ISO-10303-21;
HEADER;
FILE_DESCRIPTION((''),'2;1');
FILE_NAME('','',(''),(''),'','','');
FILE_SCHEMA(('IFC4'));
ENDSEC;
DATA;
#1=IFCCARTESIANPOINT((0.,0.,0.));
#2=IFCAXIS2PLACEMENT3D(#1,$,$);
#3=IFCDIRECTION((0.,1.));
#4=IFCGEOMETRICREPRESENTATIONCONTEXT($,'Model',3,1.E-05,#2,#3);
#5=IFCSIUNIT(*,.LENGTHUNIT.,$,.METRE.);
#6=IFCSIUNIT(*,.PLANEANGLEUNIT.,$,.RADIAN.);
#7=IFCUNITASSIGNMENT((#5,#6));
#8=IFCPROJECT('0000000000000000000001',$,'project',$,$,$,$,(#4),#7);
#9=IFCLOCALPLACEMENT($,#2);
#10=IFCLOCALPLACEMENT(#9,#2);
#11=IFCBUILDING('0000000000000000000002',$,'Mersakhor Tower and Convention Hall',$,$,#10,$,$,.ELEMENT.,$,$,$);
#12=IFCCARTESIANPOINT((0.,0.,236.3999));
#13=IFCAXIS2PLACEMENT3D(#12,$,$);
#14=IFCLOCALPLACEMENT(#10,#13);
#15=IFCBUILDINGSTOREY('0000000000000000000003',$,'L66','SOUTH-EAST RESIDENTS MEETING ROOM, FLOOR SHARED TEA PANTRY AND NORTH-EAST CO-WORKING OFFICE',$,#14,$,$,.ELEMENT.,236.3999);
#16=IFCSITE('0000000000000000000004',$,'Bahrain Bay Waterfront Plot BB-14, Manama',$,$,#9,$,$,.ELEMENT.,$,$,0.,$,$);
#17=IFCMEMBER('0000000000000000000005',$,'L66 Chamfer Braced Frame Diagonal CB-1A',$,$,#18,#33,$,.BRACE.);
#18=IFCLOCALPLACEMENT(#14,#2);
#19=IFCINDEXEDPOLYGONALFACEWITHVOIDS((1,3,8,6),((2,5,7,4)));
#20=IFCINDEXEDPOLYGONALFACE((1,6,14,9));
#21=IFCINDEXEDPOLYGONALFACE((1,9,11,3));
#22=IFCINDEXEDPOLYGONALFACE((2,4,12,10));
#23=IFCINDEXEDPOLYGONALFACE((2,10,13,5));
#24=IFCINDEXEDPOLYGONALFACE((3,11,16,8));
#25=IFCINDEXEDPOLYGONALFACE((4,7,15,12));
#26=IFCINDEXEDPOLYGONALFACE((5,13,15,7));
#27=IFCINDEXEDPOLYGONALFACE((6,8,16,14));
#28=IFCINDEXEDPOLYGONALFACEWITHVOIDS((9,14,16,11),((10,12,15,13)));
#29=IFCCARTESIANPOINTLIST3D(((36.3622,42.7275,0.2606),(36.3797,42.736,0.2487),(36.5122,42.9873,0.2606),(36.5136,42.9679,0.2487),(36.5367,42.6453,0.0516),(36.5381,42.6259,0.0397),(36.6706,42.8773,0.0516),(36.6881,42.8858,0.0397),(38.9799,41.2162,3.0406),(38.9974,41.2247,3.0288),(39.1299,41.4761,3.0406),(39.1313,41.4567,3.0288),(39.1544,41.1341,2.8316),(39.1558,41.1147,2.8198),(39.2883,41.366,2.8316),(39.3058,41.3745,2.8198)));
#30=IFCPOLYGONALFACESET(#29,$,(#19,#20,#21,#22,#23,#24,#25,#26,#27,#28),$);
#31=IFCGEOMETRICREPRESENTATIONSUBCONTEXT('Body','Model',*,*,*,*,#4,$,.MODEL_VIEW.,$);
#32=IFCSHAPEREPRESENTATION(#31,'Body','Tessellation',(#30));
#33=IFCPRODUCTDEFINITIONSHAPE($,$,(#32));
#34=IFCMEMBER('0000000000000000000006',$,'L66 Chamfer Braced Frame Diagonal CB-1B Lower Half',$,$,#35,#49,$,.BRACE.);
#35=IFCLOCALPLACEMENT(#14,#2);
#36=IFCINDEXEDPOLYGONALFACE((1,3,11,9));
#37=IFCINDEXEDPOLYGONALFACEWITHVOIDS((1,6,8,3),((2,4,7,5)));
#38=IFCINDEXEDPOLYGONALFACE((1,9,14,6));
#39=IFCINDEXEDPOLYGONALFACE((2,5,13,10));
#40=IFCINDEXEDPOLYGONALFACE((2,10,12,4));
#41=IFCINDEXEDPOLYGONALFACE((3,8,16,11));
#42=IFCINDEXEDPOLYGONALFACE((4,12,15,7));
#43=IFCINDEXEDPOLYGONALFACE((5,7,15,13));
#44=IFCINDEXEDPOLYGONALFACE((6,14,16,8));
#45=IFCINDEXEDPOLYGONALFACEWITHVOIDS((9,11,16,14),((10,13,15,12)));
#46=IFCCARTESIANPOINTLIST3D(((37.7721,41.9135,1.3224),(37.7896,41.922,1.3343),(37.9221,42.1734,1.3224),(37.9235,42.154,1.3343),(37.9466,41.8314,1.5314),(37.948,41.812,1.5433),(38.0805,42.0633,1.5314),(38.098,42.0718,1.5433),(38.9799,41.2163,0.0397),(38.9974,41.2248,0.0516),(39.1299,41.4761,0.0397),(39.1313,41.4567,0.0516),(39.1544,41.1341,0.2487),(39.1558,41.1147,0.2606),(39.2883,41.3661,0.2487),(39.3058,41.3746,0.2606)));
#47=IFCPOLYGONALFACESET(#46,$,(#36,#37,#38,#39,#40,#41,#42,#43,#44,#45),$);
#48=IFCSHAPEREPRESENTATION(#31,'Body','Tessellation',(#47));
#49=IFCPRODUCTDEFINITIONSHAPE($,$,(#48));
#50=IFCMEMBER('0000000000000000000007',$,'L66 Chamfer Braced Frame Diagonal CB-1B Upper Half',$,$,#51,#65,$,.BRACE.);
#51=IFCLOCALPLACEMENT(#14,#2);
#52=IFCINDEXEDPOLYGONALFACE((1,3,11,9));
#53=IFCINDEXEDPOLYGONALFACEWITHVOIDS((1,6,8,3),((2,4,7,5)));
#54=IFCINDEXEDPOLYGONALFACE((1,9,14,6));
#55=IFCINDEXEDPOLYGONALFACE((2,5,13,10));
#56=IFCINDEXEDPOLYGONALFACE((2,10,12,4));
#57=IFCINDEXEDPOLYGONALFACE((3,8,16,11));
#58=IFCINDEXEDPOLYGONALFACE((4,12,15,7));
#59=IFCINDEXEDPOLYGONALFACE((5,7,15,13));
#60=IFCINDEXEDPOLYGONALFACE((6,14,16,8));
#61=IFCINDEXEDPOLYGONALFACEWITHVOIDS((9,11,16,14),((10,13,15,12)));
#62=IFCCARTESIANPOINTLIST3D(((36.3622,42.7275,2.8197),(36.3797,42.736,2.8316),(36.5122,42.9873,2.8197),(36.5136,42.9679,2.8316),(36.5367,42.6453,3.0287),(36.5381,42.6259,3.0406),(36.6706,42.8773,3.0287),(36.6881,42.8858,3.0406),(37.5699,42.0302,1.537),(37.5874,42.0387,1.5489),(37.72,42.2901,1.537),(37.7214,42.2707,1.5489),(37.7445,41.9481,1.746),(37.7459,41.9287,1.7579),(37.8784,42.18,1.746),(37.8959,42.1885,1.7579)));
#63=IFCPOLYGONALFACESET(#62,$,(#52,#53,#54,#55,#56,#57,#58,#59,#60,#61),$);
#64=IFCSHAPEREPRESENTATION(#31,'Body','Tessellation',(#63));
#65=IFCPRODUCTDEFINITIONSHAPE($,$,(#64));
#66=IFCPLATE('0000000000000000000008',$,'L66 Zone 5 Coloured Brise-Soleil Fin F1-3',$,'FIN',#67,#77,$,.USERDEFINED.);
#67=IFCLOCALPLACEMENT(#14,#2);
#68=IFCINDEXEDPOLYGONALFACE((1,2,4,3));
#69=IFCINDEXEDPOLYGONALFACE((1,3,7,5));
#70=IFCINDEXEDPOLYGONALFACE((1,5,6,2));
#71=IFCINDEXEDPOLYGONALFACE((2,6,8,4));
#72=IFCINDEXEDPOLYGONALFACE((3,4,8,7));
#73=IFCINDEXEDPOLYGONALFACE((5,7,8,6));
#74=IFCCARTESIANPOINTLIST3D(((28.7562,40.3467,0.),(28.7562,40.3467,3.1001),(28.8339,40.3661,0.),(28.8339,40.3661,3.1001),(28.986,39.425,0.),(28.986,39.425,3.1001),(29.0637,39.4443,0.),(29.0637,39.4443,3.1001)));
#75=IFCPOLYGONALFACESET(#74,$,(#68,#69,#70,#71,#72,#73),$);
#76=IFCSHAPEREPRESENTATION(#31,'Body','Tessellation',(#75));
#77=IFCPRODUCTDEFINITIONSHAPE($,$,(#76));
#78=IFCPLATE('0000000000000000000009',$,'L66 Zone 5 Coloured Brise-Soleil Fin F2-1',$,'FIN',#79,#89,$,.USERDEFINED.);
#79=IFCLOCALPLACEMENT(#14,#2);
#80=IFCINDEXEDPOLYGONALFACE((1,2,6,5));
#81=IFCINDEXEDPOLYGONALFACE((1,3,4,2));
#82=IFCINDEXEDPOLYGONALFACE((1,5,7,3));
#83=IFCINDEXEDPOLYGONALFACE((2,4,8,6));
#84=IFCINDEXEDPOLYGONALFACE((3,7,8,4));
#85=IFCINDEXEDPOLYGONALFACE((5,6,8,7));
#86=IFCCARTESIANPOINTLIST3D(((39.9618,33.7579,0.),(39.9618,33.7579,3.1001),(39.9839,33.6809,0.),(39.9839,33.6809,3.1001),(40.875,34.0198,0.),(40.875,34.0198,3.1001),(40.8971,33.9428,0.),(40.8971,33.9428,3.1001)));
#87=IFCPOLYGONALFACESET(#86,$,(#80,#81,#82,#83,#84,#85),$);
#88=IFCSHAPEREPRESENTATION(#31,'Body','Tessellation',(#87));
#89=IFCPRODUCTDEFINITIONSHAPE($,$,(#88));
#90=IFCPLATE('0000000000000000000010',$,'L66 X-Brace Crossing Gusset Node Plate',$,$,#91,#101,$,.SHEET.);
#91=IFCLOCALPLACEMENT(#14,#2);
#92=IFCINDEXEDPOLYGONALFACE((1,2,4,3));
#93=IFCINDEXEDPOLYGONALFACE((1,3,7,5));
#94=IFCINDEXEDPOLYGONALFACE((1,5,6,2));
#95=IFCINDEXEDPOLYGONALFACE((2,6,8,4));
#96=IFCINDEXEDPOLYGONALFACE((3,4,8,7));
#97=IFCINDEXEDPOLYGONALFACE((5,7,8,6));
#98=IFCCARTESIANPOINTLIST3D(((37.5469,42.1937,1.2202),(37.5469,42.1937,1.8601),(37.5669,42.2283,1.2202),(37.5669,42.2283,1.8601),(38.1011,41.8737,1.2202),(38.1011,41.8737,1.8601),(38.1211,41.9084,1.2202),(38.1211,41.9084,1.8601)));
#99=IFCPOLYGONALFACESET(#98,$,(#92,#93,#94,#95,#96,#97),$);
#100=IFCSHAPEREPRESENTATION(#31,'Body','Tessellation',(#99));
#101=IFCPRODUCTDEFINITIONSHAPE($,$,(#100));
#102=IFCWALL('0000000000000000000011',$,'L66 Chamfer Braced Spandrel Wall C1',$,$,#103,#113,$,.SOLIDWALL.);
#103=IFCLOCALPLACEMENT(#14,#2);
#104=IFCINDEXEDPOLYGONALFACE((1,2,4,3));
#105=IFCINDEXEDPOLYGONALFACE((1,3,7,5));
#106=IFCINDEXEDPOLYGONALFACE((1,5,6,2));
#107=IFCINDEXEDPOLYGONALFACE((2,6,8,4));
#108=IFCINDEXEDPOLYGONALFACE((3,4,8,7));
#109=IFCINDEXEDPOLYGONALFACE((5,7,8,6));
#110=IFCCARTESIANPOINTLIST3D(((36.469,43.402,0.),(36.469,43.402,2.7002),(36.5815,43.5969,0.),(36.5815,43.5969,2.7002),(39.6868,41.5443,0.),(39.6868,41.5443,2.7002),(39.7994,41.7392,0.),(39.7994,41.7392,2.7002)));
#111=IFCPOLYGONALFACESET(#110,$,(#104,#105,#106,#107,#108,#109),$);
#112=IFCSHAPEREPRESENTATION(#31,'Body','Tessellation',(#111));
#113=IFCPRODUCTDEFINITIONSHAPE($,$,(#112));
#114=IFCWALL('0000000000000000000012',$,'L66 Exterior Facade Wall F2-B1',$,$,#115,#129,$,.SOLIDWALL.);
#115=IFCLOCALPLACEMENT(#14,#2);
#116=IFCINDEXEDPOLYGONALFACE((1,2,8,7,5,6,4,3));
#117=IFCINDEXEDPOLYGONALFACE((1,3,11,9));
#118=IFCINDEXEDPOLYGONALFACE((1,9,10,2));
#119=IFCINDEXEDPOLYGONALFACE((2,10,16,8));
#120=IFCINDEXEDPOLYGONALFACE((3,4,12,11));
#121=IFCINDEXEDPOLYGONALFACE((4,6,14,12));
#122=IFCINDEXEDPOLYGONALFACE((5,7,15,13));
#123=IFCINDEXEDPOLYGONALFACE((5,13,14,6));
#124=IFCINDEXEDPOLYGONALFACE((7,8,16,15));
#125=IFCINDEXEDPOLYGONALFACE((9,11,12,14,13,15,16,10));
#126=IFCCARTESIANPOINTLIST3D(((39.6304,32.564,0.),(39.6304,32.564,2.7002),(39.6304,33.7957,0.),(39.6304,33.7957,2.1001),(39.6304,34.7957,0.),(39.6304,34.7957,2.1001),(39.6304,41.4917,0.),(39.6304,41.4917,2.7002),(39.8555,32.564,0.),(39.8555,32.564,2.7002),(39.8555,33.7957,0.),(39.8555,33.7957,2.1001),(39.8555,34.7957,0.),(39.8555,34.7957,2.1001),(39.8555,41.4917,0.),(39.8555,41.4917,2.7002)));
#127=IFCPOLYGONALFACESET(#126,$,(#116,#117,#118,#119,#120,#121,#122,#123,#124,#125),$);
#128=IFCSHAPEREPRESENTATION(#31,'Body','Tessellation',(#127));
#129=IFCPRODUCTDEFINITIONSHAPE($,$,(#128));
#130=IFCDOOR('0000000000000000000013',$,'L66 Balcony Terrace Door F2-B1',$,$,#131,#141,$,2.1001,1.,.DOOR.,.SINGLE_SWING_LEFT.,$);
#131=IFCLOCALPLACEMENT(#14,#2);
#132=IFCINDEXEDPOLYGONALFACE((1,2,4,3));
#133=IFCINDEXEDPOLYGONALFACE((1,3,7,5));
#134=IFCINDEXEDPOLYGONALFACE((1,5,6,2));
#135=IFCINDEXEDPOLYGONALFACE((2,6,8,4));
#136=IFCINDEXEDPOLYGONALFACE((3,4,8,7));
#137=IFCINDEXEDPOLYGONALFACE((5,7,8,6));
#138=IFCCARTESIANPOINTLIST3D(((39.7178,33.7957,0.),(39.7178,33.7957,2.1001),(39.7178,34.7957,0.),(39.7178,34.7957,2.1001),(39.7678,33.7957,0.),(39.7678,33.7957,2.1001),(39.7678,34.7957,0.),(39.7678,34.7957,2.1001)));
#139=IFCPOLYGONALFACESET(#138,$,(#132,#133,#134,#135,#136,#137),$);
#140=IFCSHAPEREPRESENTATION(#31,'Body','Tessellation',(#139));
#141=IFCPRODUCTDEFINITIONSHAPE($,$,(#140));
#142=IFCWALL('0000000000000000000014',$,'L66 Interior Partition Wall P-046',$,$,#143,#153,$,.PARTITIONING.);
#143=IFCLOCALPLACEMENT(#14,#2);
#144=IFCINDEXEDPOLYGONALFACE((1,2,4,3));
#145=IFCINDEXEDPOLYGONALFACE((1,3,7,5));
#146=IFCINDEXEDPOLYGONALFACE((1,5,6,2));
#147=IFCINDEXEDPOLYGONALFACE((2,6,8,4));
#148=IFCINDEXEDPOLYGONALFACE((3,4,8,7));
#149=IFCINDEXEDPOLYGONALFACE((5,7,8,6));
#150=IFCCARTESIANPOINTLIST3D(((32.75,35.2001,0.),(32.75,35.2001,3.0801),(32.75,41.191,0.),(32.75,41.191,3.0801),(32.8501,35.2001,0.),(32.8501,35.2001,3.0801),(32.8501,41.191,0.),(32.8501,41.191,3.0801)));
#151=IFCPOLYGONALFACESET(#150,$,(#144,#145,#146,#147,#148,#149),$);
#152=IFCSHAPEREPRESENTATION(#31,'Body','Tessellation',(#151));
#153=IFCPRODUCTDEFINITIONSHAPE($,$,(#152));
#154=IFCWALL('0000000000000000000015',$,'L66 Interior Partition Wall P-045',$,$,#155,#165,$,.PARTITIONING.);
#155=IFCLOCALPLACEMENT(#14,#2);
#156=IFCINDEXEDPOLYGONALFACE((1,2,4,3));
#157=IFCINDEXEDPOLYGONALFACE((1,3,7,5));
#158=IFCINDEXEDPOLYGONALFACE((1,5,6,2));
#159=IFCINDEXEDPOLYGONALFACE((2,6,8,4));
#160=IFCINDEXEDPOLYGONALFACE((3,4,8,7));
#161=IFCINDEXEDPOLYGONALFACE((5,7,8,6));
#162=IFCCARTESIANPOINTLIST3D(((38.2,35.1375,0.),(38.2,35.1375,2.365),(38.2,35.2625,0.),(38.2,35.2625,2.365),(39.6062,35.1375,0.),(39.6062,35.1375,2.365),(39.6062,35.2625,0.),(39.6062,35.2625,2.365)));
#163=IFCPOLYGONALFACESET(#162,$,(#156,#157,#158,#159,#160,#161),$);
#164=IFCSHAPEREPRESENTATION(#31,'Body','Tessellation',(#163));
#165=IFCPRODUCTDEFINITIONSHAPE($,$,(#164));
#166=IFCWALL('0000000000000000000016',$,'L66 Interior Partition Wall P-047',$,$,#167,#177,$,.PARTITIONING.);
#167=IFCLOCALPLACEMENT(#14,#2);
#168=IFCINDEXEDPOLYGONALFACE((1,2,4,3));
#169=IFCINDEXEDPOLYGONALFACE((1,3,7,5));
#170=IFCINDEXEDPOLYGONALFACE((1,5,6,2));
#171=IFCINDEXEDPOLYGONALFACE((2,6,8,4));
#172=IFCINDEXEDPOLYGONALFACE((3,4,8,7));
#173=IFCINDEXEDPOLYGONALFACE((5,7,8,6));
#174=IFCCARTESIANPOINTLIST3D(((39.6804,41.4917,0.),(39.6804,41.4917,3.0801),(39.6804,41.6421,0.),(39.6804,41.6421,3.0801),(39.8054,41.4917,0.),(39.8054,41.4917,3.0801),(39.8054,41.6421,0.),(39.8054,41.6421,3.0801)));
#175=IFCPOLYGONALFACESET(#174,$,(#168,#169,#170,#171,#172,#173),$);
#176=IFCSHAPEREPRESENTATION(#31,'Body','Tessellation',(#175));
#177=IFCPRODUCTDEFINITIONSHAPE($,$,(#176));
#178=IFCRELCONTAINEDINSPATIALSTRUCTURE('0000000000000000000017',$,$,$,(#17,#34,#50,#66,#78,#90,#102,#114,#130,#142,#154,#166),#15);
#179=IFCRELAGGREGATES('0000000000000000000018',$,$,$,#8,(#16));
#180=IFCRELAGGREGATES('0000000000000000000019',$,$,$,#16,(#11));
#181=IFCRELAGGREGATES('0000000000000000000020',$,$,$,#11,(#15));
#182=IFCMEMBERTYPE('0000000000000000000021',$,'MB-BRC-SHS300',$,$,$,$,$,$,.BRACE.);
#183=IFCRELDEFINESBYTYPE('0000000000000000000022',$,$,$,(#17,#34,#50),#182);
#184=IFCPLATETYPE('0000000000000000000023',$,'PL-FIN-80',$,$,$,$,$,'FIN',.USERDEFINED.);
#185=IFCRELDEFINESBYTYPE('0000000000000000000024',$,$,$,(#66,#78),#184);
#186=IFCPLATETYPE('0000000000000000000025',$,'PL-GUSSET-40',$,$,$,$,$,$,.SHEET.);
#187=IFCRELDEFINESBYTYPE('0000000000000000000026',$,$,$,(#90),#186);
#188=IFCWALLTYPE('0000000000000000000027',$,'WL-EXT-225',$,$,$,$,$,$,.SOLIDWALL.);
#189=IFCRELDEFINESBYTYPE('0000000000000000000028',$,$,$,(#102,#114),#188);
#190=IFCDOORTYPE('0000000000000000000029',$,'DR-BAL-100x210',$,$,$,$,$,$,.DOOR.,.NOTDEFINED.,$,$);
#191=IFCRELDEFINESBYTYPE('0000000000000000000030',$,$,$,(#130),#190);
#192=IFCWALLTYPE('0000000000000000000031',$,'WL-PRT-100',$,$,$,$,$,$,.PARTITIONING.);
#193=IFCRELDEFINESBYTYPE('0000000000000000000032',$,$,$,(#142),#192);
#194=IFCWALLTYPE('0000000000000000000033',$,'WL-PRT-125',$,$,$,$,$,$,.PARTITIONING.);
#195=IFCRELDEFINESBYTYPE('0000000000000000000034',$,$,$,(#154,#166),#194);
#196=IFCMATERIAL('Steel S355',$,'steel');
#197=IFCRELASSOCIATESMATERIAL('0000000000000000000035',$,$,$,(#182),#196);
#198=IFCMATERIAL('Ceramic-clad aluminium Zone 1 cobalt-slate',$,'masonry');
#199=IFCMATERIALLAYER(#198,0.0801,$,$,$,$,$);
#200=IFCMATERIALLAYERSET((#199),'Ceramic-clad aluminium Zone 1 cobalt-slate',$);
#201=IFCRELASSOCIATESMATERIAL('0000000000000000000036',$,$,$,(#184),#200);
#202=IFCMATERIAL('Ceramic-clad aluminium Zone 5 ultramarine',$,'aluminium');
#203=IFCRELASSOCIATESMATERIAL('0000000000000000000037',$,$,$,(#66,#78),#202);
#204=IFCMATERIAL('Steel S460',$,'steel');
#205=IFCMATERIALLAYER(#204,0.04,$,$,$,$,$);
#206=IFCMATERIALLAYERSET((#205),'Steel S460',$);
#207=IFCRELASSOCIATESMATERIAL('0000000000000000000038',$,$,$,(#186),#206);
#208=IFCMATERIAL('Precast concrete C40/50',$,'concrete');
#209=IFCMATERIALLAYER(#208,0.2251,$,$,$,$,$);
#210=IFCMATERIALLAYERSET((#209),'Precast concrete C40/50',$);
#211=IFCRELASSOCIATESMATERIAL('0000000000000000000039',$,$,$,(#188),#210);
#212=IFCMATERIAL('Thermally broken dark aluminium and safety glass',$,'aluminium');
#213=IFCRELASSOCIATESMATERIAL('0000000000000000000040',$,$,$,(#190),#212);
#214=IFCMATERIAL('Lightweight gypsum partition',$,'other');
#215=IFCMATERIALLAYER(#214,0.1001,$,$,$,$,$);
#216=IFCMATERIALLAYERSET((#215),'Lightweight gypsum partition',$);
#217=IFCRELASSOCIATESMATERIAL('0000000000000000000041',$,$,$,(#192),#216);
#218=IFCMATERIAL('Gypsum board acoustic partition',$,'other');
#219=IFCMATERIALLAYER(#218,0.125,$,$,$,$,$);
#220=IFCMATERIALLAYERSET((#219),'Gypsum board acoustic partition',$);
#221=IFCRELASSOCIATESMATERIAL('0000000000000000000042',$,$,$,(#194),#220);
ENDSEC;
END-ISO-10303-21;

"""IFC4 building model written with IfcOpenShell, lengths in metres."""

from ifc_helpers import new_model, si_unit, direction, frame, frame_2d, origin, origin_2d, place, context, subcontext, project, spatial, rectangle, hollow_rectangle, extrude, material, layer, layer_set, material_profile, profile_set, type_object, element, fill, save


model = new_model("IFC4")

# Units and contexts
model_context = context("Model", 3, precision=1e-05, world=origin(), true_north=direction((0.0, 1.0)))
body_context = subcontext(model_context, "Body", "Model", "MODEL_VIEW")
ifc_project = project(units=[si_unit("LENGTHUNIT", "METRE"), si_unit("PLANEANGLEUNIT", "RADIAN")], contexts=[model_context])

# Site, building, storey
site_placement = place(None, origin())
site = spatial("IfcSite", under=ifc_project, at=site_placement, Name="Bahrain Bay Waterfront Plot BB-14, Manama", CompositionType="ELEMENT", RefElevation=0.0)
building_placement = place(site_placement, origin())
building = spatial("IfcBuilding", under=site, at=building_placement, Name="Mersakhor Tower and Convention Hall", CompositionType="ELEMENT")
storey_placement = place(building_placement, frame((0.0, 0.0, 236.3999)))
storey = spatial("IfcBuildingStorey", under=building, at=storey_placement, Name="L66", Description="SOUTH-EAST RESIDENTS MEETING ROOM, FLOOR SHARED TEA PANTRY AND NORTH-EAST CO-WORKING OFFICE", CompositionType="ELEMENT", Elevation=236.3999)

# Members
ifc_material_1 = material(Name="Steel S355", Category="steel")
ifc_material_profile_1 = material_profile(ifc_material_1, hollow_rectangle(XDim=0.3, YDim=0.3, WallThickness=0.0161, at=origin_2d()), Name="SHS 300x300x16")
ifc_profile_set_1 = profile_set([ifc_material_profile_1], Name="Steel S355")
member_type = type_object("IfcMemberType", Name="MB-BRC-SHS300", PredefinedType="BRACE", material=ifc_profile_set_1)
member_placement = place(storey_placement, frame((36.5251, 42.8066, 0.1501), z_axis=(0.637423, -0.367996, 0.676957), x_axis=(0.499979, 0.866038, 0.0)))
element("IfcMember", 1, at=member_placement, inside=storey, type_object=member_type, Name="L66 Chamfer Braced Frame Diagonal CB-1A", PredefinedType="BRACE", context=body_context, shape_type="SweptSolid", body=[
    extrude(hollow_rectangle(XDim=0.3, YDim=0.3, WallThickness=0.0161, at=origin_2d()), origin(), (0.0, 0.0, 1.0), 4.1067),
])
for number, where, z_axis, x_axis, name in (
    (2, (39.1428, 41.2954, 0.1501), (-0.637413, 0.367991, 0.676969), (-0.49998, -0.866037, 0.0), "L66 Chamfer Braced Frame Diagonal CB-1B Lower Half"),
    (3, (37.7329, 42.1094, 1.6475), (-0.637413, 0.367991, 0.676969), (-0.49998, -0.866037, 0.0), "L66 Chamfer Braced Frame Diagonal CB-1B Upper Half"),
):
    element("IfcMember", number, at=place(storey_placement, frame(where, z_axis=z_axis, x_axis=x_axis)), inside=storey, type_object=member_type, Name=name, PredefinedType="BRACE", context=body_context, shape_type="SweptSolid", body=[
        extrude(hollow_rectangle(XDim=0.3, YDim=0.3, WallThickness=0.0161, at=origin_2d()), origin(), (0.0, 0.0, 1.0), 1.8948),
    ])

# Plates
ifc_material_2 = material(Name="Ceramic-clad aluminium Zone 5 ultramarine", Category="aluminium")
ifc_material_3 = material(Name="Ceramic-clad aluminium Zone 1 cobalt-slate", Category="masonry")
ifc_layer_1 = layer(ifc_material_3, 0.0801)
ifc_layer_set_1 = layer_set([ifc_layer_1], Name="Ceramic-clad aluminium Zone 1 cobalt-slate")
plate_type_1 = type_object("IfcPlateType", Name="PL-FIN-80", ElementType="FIN", PredefinedType="USERDEFINED", material=ifc_layer_set_1)
for number, where, z_axis, x_axis, name in (
    (4, (28.9099, 39.8955, 0.0), (0.0, 0.0, 1.0), (-0.241922, 0.970296, 0.0), "L66 Zone 5 Coloured Brise-Soleil Fin F1-3"),
    (5, (40.4294, 33.8503, 0.0), (0.0, 0.0, 1.0), (0.961262, 0.275637, 0.0), "L66 Zone 5 Coloured Brise-Soleil Fin F2-1"),
):
    element("IfcPlate", number, at=place(storey_placement, frame(where, z_axis=z_axis, x_axis=x_axis)), inside=storey, type_object=plate_type_1, material=ifc_material_2, Name=name, ObjectType="FIN", PredefinedType="USERDEFINED", context=body_context, shape_type="SweptSolid", body=[
        extrude(rectangle(XDim=0.95, YDim=0.0801, at=origin_2d()), origin(), (0.0, 0.0, 1.0), 3.1001),
    ])
ifc_material_4 = material(Name="Steel S460", Category="steel")
ifc_layer_2 = layer(ifc_material_4, 0.04)
ifc_layer_set_2 = layer_set([ifc_layer_2], Name="Steel S460")
plate_type_2 = type_object("IfcPlateType", Name="PL-GUSSET-40", PredefinedType="SHEET", material=ifc_layer_set_2)
plate_placement = place(storey_placement, frame((37.834, 42.051, 1.2202), z_axis=(0.0, 0.0, 1.0), x_axis=(-0.866025, 0.5, 0.0)))
element("IfcPlate", 6, at=plate_placement, inside=storey, type_object=plate_type_2, Name="L66 X-Brace Crossing Gusset Node Plate", PredefinedType="SHEET", context=body_context, shape_type="SweptSolid", body=[
    extrude(rectangle(XDim=0.6399, YDim=0.04, at=origin_2d()), origin(), (0.0, 0.0, 1.0), 0.6399),
])

# Wall
ifc_material_5 = material(Name="Precast concrete C40/50", Category="concrete")
ifc_layer_3 = layer(ifc_material_5, 0.2251)
ifc_layer_set_3 = layer_set([ifc_layer_3], Name="Precast concrete C40/50")
wall_type_1 = type_object("IfcWallType", Name="WL-EXT-225", PredefinedType="SOLIDWALL", material=ifc_layer_set_3)
wall_1_placement = place(storey_placement, frame((36.5251, 43.4995, 0.0), z_axis=(0.0, 0.0, 1.0), x_axis=(0.866039, -0.499977, 0.0)))
element("IfcWall", 7, at=wall_1_placement, inside=storey, type_object=wall_type_1, Name="L66 Chamfer Braced Spandrel Wall C1", PredefinedType="SOLIDWALL", context=body_context, shape_type="SweptSolid", body=[
    extrude(rectangle(XDim=3.7156, YDim=0.2251, at=frame_2d((1.8579, 0.0))), origin(), (0.0, 0.0, 1.0), 2.7002),
])

# Wall, opening, door
wall_2_placement = place(storey_placement, frame((39.7429, 41.4917, 0.0), z_axis=(0.0, 0.0, 1.0), x_axis=(0.0, -1.0, 0.0)))
wall_2 = element("IfcWall", 8, at=wall_2_placement, inside=storey, type_object=wall_type_1, Name="L66 Exterior Facade Wall F2-B1", PredefinedType="SOLIDWALL", context=body_context, shape_type="SweptSolid", body=[
    extrude(rectangle(XDim=8.9277, YDim=0.2251, at=frame_2d((4.4639, 0.0))), origin(), (0.0, 0.0, 1.0), 2.7002),
])
opening_1_placement = place(wall_2_placement, frame((6.696, 0.0, 0.0)))
opening_1 = element("IfcOpeningElement", 9, at=opening_1_placement, cuts=wall_2, PredefinedType="OPENING", context=body_context, shape_type="SweptSolid", body=[
    extrude(rectangle(XDim=1.0, YDim=2.1001, at=frame_2d((0.5, 1.05))), frame((0.0, 0.1226, 0.0), z_axis=(0.0, -1.0, 0.0), x_axis=(1.0, 0.0, 0.0)), (0.0, 0.0, 1.0), 0.2451),
])
ifc_material_6 = material(Name="Thermally broken dark aluminium and safety glass", Category="aluminium")
door_type_1 = type_object("IfcDoorType", Name="DR-BAL-100x210", OperationType="NOTDEFINED", PredefinedType="DOOR", material=ifc_material_6)
door_1_placement = place(opening_1_placement, origin())
door_1 = element("IfcDoor", 10, at=door_1_placement, inside=storey, type_object=door_type_1, Name="L66 Balcony Terrace Door F2-B1", OperationType="SINGLE_SWING_LEFT", OverallHeight=2.1001, OverallWidth=1.0, PredefinedType="DOOR", context=body_context, shape_type="SweptSolid", body=[
    extrude(rectangle(XDim=1.0, YDim=2.1001, at=frame_2d((0.5, 1.05))), frame((0.0, 0.0249, 0.0), z_axis=(0.0, -1.0, 0.0), x_axis=(1.0, 0.0, 0.0)), (0.0, 0.0, 1.0), 0.05),
])
fill(opening_1, door_1)

# Walls
ifc_material_7 = material(Name="Lightweight gypsum partition", Category="other")
ifc_layer_4 = layer(ifc_material_7, 0.1001)
ifc_layer_set_4 = layer_set([ifc_layer_4], Name="Lightweight gypsum partition")
wall_type_2 = type_object("IfcWallType", Name="WL-PRT-100", PredefinedType="PARTITIONING", material=ifc_layer_set_4)
wall_3_placement = place(storey_placement, frame((32.8, 35.2, 0.0), z_axis=(0.0, 0.0, 1.0), x_axis=(0.0, 1.0, 0.0)))
element("IfcWall", 11, at=wall_3_placement, inside=storey, type_object=wall_type_2, Name="L66 Interior Partition Wall P-046", PredefinedType="PARTITIONING", context=body_context, shape_type="SweptSolid", body=[
    extrude(rectangle(XDim=5.991, YDim=0.1001, at=frame_2d((2.9956, 0.0))), origin(), (0.0, 0.0, 1.0), 3.0801),
])
ifc_material_8 = material(Name="Gypsum board acoustic partition", Category="other")
ifc_layer_5 = layer(ifc_material_8, 0.125)
ifc_layer_set_5 = layer_set([ifc_layer_5], Name="Gypsum board acoustic partition")
wall_type_3 = type_object("IfcWallType", Name="WL-PRT-125", PredefinedType="PARTITIONING", material=ifc_layer_set_5)
wall_4_placement = place(storey_placement, frame((39.6062, 35.2, 0.0), z_axis=(0.0, 0.0, 1.0), x_axis=(-1.0, 0.0, 0.0)))
element("IfcWall", 12, at=wall_4_placement, inside=storey, type_object=wall_type_3, Name="L66 Interior Partition Wall P-045", PredefinedType="PARTITIONING", context=body_context, shape_type="SweptSolid", body=[
    extrude(rectangle(XDim=1.4062, YDim=0.125, at=frame_2d((0.7031, 0.0))), origin(), (0.0, 0.0, 1.0), 2.365),
])
wall_5_placement = place(storey_placement, frame((39.7429, 41.6421, 0.0), z_axis=(0.0, 0.0, 1.0), x_axis=(0.0, -1.0, 0.0)))
element("IfcWall", 13, at=wall_5_placement, inside=storey, type_object=wall_type_3, Name="L66 Interior Partition Wall P-047", PredefinedType="PARTITIONING", context=body_context, shape_type="SweptSolid", body=[
    extrude(rectangle(XDim=0.1504, YDim=0.125, at=frame_2d((0.0752, 0.0))), origin(), (0.0, 0.0, 1.0), 3.0801),
])

save(model, "model.ifc")
